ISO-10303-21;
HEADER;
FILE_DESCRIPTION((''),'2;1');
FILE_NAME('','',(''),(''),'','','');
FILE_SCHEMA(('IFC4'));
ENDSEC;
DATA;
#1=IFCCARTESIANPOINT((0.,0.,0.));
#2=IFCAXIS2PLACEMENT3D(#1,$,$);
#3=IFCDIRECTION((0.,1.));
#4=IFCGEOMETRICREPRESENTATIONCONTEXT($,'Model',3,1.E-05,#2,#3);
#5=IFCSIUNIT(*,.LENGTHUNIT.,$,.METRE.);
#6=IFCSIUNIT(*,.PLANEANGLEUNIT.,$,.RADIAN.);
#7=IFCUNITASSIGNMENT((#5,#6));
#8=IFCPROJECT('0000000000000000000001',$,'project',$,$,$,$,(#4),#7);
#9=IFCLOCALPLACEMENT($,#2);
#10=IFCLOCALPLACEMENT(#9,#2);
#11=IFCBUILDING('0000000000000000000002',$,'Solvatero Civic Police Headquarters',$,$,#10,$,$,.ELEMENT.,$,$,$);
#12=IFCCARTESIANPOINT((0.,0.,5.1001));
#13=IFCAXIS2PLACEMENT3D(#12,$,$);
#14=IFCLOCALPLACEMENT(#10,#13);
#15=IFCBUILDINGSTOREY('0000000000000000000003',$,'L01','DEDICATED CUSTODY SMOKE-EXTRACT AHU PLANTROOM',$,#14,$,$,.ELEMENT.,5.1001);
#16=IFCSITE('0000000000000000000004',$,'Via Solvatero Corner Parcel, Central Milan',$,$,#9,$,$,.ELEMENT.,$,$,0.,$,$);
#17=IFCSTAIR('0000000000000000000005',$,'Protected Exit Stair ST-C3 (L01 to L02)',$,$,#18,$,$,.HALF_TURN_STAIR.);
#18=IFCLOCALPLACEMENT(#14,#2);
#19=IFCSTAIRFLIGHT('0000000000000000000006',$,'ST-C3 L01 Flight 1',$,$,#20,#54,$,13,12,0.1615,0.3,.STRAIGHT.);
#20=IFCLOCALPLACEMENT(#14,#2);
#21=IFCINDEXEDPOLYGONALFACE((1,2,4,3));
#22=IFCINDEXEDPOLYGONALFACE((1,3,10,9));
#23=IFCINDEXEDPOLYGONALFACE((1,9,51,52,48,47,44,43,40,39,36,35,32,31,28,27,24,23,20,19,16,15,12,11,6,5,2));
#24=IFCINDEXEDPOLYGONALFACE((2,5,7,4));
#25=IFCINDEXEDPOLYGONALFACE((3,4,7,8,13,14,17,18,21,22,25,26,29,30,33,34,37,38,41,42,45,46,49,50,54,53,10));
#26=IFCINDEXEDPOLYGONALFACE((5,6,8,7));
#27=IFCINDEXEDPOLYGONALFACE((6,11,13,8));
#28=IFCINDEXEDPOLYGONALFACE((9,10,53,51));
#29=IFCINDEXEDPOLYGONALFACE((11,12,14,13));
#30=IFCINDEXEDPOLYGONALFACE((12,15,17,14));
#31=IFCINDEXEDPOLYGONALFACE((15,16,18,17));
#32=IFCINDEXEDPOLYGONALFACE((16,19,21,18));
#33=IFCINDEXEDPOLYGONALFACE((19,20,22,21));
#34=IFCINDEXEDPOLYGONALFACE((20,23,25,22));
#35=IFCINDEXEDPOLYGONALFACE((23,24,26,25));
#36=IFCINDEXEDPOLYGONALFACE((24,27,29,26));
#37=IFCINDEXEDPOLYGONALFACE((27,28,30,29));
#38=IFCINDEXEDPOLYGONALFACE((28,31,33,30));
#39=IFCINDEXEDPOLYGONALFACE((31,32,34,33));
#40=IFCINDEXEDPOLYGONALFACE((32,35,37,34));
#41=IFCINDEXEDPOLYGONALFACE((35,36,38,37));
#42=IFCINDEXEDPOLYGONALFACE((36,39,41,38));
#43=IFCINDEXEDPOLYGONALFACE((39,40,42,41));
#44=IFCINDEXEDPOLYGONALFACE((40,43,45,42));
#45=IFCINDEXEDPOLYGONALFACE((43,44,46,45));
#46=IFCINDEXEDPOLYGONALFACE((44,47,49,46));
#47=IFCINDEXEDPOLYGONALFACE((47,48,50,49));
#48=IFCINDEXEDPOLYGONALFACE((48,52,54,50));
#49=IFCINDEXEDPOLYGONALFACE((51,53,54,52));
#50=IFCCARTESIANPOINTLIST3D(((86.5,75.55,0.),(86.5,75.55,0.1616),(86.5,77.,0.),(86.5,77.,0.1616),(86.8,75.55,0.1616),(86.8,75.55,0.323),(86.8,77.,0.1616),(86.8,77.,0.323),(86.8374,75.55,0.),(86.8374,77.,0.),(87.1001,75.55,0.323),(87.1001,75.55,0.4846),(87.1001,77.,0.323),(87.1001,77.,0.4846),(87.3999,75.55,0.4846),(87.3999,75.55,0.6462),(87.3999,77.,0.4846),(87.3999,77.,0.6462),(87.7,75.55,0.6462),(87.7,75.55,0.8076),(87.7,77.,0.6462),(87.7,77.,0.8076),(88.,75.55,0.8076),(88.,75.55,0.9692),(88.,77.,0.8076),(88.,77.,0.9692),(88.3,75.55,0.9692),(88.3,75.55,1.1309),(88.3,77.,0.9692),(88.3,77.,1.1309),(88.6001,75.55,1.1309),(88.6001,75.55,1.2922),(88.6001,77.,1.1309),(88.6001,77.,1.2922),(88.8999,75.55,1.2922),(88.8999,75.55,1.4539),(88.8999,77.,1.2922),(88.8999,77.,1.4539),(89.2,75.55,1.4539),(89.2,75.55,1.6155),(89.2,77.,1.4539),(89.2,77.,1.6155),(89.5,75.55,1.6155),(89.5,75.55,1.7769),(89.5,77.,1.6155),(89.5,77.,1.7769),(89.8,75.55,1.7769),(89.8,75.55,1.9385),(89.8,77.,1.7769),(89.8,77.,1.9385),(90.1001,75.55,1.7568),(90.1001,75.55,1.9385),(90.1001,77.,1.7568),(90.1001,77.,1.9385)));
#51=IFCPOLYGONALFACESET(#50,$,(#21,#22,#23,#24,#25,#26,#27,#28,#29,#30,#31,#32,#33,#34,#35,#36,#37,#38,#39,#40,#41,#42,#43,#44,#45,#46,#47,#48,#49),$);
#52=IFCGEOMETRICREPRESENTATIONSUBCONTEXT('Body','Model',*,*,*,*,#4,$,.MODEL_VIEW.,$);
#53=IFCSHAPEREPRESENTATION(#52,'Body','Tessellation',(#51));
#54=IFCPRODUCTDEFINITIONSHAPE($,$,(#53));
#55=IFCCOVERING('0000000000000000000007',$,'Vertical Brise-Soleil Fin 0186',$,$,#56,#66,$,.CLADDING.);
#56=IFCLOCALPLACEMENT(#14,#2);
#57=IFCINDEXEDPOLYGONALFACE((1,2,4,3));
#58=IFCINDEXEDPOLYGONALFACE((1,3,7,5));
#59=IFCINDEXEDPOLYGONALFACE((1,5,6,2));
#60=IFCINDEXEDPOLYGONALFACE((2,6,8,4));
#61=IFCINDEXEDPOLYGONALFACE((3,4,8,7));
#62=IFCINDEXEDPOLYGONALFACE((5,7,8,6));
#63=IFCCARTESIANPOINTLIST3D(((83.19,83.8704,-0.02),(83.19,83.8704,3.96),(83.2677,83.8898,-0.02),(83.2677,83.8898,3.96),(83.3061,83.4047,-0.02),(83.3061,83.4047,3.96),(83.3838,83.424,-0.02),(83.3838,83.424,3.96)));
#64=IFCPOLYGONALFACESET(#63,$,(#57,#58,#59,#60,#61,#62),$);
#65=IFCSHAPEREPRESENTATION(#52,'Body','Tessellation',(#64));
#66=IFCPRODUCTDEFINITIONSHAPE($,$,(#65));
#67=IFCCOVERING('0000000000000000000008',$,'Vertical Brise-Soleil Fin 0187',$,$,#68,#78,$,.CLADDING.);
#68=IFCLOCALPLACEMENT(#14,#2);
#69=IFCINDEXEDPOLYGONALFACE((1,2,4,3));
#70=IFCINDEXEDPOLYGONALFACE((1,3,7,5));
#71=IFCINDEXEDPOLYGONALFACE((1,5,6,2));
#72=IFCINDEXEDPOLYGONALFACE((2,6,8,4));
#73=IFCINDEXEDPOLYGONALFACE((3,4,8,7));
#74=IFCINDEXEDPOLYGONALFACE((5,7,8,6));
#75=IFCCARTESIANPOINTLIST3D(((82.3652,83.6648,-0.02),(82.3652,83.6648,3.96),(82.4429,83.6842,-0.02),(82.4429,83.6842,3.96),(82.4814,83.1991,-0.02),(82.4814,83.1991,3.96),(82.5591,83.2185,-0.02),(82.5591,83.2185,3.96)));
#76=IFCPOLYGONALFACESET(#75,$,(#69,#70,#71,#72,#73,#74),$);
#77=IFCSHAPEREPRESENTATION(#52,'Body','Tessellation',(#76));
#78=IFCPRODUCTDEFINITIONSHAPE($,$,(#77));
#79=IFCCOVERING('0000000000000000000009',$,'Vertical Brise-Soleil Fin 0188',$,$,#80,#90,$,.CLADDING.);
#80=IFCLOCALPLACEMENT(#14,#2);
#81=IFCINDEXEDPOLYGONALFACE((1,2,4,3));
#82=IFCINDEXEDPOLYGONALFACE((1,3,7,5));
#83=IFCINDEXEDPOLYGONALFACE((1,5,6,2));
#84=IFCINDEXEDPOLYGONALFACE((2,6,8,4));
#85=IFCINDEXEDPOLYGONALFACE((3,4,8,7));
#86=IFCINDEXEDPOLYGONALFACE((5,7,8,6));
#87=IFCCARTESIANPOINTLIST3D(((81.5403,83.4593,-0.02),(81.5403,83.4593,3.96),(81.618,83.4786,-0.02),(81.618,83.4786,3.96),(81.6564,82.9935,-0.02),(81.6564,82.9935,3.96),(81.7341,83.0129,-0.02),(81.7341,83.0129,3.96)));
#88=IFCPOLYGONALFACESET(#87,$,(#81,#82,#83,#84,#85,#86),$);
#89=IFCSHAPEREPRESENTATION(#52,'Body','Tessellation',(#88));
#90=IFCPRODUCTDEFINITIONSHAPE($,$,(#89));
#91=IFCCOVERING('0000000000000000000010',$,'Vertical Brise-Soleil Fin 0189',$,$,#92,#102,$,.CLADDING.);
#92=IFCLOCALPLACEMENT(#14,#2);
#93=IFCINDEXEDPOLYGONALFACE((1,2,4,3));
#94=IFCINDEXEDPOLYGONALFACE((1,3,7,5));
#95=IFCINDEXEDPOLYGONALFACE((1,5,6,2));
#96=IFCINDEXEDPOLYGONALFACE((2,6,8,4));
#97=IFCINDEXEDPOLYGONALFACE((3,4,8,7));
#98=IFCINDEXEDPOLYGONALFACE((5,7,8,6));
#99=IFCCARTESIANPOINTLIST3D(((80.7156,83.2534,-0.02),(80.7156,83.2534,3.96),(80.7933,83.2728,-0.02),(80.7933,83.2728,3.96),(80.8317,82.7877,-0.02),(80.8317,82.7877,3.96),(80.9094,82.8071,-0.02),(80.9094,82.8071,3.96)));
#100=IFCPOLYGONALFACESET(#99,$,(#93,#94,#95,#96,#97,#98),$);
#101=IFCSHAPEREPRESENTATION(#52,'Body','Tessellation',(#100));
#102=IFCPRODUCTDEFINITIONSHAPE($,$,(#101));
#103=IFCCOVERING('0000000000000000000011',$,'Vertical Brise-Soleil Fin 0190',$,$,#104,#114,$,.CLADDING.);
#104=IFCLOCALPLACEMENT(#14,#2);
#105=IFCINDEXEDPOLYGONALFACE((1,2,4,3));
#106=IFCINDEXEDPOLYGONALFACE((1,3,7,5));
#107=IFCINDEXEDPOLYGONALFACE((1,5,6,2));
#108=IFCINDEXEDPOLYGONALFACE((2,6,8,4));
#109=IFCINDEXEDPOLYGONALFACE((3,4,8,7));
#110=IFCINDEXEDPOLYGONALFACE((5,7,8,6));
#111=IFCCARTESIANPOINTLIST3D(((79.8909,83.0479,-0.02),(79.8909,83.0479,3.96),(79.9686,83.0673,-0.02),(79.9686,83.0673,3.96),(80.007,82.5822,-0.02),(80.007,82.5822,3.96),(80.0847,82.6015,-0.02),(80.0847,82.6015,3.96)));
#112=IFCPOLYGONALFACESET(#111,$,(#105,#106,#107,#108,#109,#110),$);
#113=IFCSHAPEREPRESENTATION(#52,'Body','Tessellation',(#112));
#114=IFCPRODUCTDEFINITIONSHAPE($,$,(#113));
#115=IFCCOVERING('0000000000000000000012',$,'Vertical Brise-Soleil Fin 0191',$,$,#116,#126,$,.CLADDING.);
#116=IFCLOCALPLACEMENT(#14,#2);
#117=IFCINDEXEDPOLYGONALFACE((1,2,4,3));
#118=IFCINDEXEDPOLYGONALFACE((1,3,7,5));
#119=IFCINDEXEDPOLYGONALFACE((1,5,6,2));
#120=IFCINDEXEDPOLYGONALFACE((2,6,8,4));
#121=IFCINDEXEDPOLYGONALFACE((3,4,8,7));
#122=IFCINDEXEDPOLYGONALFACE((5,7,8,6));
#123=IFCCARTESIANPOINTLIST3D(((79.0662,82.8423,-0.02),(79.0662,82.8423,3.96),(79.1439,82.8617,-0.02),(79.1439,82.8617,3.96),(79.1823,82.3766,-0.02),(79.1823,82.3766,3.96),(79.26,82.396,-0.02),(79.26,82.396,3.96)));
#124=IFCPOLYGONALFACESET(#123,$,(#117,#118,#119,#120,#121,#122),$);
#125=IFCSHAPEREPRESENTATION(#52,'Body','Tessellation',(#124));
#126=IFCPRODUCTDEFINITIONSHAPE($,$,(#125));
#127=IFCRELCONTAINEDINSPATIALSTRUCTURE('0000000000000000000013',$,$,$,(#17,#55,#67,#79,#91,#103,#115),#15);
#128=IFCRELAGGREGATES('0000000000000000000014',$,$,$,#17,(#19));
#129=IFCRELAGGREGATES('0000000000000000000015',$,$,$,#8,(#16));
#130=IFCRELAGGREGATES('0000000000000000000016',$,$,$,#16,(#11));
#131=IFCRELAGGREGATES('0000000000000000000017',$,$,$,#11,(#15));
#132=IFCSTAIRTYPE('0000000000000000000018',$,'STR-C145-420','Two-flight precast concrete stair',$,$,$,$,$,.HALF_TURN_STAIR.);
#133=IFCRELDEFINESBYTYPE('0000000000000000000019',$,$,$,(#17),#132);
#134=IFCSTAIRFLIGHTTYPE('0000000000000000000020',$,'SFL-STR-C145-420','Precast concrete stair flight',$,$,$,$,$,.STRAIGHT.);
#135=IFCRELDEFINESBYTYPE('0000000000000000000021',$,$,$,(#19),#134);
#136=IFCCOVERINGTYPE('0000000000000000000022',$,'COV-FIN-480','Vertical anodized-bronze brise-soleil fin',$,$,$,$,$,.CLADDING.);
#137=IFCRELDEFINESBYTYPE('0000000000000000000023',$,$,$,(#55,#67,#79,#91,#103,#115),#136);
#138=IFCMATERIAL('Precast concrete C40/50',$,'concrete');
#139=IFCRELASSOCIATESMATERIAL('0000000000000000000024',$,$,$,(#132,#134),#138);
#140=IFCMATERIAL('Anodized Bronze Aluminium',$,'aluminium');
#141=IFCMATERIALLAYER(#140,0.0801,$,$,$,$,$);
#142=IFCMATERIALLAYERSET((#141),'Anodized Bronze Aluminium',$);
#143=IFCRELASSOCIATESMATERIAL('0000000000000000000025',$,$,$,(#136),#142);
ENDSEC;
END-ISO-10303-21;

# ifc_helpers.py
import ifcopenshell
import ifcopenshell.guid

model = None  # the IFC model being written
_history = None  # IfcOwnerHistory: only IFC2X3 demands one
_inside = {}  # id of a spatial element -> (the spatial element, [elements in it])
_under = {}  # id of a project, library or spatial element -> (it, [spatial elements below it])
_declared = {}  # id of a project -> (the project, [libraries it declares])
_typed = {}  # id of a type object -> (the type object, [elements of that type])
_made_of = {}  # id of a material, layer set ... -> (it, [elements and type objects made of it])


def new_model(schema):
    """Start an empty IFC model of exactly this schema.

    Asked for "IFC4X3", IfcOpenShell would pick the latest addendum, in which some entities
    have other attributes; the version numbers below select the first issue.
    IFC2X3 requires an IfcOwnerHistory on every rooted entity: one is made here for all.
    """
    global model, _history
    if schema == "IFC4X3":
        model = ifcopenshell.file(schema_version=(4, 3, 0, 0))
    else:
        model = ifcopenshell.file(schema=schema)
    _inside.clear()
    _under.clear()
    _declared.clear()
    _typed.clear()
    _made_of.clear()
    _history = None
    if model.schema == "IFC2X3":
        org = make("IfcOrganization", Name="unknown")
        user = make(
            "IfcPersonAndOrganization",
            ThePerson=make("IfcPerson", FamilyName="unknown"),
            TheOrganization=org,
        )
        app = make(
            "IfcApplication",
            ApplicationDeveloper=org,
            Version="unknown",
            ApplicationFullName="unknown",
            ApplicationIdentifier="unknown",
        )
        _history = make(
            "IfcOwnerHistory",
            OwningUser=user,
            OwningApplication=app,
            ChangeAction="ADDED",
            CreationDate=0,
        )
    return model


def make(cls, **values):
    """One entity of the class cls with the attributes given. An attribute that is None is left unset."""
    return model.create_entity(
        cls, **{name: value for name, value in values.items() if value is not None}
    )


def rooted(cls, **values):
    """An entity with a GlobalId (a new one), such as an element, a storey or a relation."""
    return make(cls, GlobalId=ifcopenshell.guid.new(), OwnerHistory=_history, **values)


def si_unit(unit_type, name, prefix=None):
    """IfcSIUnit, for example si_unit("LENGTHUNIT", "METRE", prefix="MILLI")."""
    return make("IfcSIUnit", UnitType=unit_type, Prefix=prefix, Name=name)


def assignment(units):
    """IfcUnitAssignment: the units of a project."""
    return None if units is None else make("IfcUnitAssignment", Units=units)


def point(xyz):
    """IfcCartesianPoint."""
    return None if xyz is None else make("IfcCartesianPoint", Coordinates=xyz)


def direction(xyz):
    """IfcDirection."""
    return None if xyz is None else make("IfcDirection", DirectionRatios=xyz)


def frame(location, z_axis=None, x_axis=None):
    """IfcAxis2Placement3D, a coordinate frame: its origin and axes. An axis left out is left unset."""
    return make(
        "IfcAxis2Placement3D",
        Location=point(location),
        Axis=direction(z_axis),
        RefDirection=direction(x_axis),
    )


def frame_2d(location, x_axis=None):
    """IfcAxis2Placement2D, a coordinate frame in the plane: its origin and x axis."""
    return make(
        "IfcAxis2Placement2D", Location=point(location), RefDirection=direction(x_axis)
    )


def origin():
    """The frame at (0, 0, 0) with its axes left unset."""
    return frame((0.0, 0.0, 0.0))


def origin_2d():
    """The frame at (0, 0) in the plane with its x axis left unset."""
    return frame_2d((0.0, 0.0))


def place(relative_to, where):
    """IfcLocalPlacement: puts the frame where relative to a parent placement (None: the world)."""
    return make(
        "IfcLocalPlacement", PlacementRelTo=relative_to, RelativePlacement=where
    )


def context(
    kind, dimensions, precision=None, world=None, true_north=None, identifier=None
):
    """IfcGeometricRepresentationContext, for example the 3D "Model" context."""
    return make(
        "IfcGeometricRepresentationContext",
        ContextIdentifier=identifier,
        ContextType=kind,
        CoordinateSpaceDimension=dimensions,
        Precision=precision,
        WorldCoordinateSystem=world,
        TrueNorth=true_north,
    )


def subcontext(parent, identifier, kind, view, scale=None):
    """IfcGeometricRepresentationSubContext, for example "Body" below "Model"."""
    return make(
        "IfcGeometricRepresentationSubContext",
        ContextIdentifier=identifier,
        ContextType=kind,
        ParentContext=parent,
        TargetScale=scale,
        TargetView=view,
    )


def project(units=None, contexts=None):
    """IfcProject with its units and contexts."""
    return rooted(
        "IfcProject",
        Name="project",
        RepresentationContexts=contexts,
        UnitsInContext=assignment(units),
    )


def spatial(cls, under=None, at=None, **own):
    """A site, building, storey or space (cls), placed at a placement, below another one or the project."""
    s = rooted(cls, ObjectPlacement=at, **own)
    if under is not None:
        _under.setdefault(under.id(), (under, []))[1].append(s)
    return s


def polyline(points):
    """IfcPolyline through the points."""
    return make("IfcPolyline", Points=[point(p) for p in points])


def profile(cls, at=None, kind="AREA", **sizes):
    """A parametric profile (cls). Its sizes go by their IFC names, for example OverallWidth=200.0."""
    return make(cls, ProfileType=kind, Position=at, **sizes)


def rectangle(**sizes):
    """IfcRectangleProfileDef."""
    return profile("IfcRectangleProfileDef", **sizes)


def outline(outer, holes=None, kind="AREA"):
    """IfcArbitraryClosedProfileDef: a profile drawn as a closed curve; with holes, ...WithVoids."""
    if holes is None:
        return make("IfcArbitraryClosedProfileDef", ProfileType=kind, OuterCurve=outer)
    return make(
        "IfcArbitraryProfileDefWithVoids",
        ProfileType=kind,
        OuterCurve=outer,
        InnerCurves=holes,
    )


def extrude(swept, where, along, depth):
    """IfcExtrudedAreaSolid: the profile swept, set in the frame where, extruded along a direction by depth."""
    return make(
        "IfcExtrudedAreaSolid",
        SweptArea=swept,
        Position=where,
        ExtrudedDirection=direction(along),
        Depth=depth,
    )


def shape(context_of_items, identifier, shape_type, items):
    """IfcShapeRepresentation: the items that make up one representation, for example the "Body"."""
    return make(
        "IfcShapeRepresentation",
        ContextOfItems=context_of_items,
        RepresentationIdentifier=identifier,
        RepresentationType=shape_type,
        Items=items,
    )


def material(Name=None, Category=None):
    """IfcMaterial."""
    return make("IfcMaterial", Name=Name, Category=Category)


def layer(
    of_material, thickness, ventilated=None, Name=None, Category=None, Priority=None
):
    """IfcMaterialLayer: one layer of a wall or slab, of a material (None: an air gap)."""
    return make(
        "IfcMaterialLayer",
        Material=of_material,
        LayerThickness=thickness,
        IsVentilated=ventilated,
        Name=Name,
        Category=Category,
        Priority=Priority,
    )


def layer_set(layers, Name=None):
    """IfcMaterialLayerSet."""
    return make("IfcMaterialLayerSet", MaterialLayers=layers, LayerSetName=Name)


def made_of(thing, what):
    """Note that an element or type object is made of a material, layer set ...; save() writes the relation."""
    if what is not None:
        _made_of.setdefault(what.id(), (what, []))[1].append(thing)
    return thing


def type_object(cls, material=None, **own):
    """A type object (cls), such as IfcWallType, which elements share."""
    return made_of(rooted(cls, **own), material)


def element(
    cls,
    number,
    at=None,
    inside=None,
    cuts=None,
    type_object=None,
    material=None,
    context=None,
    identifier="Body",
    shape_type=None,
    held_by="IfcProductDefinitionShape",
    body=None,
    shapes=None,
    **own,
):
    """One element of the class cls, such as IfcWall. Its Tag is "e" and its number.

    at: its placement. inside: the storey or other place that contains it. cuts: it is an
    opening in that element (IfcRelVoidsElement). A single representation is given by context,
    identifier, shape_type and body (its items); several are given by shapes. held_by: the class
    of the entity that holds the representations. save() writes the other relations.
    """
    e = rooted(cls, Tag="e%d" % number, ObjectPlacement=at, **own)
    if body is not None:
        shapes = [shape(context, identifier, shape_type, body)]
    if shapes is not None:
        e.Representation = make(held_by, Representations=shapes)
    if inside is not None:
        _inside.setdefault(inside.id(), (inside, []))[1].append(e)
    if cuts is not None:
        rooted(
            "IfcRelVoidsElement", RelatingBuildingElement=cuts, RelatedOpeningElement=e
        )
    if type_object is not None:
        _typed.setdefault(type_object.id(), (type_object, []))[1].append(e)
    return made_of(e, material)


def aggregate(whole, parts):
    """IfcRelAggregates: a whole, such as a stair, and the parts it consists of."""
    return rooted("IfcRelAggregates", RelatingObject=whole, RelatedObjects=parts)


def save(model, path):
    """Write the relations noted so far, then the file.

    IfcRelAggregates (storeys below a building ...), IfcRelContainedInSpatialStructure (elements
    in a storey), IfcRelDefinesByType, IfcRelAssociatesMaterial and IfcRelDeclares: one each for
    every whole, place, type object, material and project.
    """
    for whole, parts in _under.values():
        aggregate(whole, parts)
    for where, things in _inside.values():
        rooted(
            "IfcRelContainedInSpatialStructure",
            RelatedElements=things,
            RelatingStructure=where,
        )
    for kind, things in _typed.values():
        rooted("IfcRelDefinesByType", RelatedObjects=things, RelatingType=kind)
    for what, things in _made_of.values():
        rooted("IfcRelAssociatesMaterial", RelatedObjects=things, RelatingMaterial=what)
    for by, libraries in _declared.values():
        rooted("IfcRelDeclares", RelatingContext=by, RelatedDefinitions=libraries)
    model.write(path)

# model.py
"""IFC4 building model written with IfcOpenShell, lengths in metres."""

from ifc_helpers import new_model, si_unit, direction, frame, origin, origin_2d, place, context, subcontext, project, spatial, polyline, rectangle, outline, extrude, material, layer, layer_set, type_object, element, aggregate, save


model = new_model("IFC4")

# Units and contexts
model_context = context("Model", 3, precision=1e-05, world=origin(), true_north=direction((0.0, 1.0)))
body_context = subcontext(model_context, "Body", "Model", "MODEL_VIEW")
ifc_project = project(units=[si_unit("LENGTHUNIT", "METRE"), si_unit("PLANEANGLEUNIT", "RADIAN")], contexts=[model_context])

# Site, building, storey
site_placement = place(None, origin())
site = spatial("IfcSite", under=ifc_project, at=site_placement, Name="Via Solvatero Corner Parcel, Central Milan", CompositionType="ELEMENT", RefElevation=0.0)
building_placement = place(site_placement, origin())
building = spatial("IfcBuilding", under=site, at=building_placement, Name="Solvatero Civic Police Headquarters", CompositionType="ELEMENT")
storey_placement = place(building_placement, frame((0.0, 0.0, 5.1001)))
storey = spatial("IfcBuildingStorey", under=building, at=storey_placement, Name="L01", Description="DEDICATED CUSTODY SMOKE-EXTRACT AHU PLANTROOM", CompositionType="ELEMENT", Elevation=5.1001)

# Shared definitions
ifc_material_1 = material(Name="Anodized Bronze Aluminium", Category="aluminium")

# Stair, stair flight
ifc_material_2 = material(Name="Precast concrete C40/50", Category="concrete")
stair_type = type_object("IfcStairType", Name="STR-C145-420", Description="Two-flight precast concrete stair", PredefinedType="HALF_TURN_STAIR", material=ifc_material_2)
stair_placement = place(storey_placement, origin())
stair = element("IfcStair", 1, at=stair_placement, inside=storey, type_object=stair_type, Name="Protected Exit Stair ST-C3 (L01 to L02)", PredefinedType="HALF_TURN_STAIR")
stair_flight_type = type_object("IfcStairFlightType", Name="SFL-STR-C145-420", Description="Precast concrete stair flight", PredefinedType="STRAIGHT", material=ifc_material_2)
stair_flight_placement = place(storey_placement, frame((86.5, 76.2749, 0.0), z_axis=(0.0, 0.0, 1.0), x_axis=(1.0, 0.0, 0.0)))
stair_flight = element("IfcStairFlight", 2, at=stair_flight_placement, type_object=stair_flight_type, Name="ST-C3 L01 Flight 1", NumberOfRisers=13, NumberOfTreads=12, PredefinedType="STRAIGHT", RiserHeight=0.1615, TreadLength=0.3, context=body_context, shape_type="SweptSolid", body=[
    extrude(outline(polyline([(0.0, 0.0), (0.0, 0.1616), (0.3, 0.1616), (0.3, 0.323), (0.6001, 0.323), (0.6001, 0.4846), (0.8999, 0.4846), (0.8999, 0.6462), (1.2, 0.6462), (1.2, 0.8076), (1.5, 0.8076), (1.5, 0.9692), (1.8, 0.9692), (1.8, 1.1309), (2.1001, 1.1309), (2.1001, 1.2922), (2.3999, 1.2922), (2.3999, 1.4539), (2.7, 1.4539), (2.7, 1.6155), (3.0, 1.6155), (3.0, 1.7769), (3.3, 1.7769), (3.3, 1.9385), (3.6001, 1.9385), (3.6001, 2.1001), (3.6001, 1.7568), (0.3374, 0.0), (0.0, 0.0)])), frame((0.0, 0.7251, 0.0), z_axis=(0.0, -1.0, 0.0), x_axis=(1.0, 0.0, 0.0)), (0.0, 0.0, 1.0), 1.45),
])
aggregate(stair, [stair_flight])

# Coverings
ifc_layer_1 = layer(ifc_material_1, 0.0801)
ifc_layer_set_1 = layer_set([ifc_layer_1], Name="Anodized Bronze Aluminium")
covering_type = type_object("IfcCoveringType", Name="COV-FIN-480", Description="Vertical anodized-bronze brise-soleil fin", PredefinedType="CLADDING", material=ifc_layer_set_1)
for number, where, z_axis, x_axis, name in (
    (3, (83.2869, 83.6472, -0.02), (0.0, 0.0, 1.0), (-0.970296, -0.241922, 0.0), "Vertical Brise-Soleil Fin 0186"),
    (4, (82.4622, 83.4417, -0.02), (0.0, 0.0, 1.0), (-0.970296, -0.241922, 0.0), "Vertical Brise-Soleil Fin 0187"),
    (5, (81.6372, 83.2361, -0.02), (0.0, 0.0, 1.0), (-0.970296, -0.241922, 0.0), "Vertical Brise-Soleil Fin 0188"),
    (6, (80.8125, 83.0303, -0.02), (0.0, 0.0, 1.0), (-0.970296, -0.241922, 0.0), "Vertical Brise-Soleil Fin 0189"),
    (7, (79.9878, 82.8247, -0.02), (0.0, 0.0, 1.0), (-0.970296, -0.241922, 0.0), "Vertical Brise-Soleil Fin 0190"),
    (8, (79.1631, 82.6191, -0.02), (0.0, 0.0, 1.0), (-0.970296, -0.241922, 0.0), "Vertical Brise-Soleil Fin 0191"),
):
    element("IfcCovering", number, at=place(storey_placement, frame(where, z_axis=z_axis, x_axis=x_axis)), inside=storey, type_object=covering_type, Name=name, PredefinedType="CLADDING", context=body_context, shape_type="SweptSolid", body=[
        extrude(rectangle(XDim=0.0801, YDim=0.48, at=origin_2d()), origin(), (0.0, 0.0, 1.0), 3.98),
    ])

save(model, "model.ifc")
